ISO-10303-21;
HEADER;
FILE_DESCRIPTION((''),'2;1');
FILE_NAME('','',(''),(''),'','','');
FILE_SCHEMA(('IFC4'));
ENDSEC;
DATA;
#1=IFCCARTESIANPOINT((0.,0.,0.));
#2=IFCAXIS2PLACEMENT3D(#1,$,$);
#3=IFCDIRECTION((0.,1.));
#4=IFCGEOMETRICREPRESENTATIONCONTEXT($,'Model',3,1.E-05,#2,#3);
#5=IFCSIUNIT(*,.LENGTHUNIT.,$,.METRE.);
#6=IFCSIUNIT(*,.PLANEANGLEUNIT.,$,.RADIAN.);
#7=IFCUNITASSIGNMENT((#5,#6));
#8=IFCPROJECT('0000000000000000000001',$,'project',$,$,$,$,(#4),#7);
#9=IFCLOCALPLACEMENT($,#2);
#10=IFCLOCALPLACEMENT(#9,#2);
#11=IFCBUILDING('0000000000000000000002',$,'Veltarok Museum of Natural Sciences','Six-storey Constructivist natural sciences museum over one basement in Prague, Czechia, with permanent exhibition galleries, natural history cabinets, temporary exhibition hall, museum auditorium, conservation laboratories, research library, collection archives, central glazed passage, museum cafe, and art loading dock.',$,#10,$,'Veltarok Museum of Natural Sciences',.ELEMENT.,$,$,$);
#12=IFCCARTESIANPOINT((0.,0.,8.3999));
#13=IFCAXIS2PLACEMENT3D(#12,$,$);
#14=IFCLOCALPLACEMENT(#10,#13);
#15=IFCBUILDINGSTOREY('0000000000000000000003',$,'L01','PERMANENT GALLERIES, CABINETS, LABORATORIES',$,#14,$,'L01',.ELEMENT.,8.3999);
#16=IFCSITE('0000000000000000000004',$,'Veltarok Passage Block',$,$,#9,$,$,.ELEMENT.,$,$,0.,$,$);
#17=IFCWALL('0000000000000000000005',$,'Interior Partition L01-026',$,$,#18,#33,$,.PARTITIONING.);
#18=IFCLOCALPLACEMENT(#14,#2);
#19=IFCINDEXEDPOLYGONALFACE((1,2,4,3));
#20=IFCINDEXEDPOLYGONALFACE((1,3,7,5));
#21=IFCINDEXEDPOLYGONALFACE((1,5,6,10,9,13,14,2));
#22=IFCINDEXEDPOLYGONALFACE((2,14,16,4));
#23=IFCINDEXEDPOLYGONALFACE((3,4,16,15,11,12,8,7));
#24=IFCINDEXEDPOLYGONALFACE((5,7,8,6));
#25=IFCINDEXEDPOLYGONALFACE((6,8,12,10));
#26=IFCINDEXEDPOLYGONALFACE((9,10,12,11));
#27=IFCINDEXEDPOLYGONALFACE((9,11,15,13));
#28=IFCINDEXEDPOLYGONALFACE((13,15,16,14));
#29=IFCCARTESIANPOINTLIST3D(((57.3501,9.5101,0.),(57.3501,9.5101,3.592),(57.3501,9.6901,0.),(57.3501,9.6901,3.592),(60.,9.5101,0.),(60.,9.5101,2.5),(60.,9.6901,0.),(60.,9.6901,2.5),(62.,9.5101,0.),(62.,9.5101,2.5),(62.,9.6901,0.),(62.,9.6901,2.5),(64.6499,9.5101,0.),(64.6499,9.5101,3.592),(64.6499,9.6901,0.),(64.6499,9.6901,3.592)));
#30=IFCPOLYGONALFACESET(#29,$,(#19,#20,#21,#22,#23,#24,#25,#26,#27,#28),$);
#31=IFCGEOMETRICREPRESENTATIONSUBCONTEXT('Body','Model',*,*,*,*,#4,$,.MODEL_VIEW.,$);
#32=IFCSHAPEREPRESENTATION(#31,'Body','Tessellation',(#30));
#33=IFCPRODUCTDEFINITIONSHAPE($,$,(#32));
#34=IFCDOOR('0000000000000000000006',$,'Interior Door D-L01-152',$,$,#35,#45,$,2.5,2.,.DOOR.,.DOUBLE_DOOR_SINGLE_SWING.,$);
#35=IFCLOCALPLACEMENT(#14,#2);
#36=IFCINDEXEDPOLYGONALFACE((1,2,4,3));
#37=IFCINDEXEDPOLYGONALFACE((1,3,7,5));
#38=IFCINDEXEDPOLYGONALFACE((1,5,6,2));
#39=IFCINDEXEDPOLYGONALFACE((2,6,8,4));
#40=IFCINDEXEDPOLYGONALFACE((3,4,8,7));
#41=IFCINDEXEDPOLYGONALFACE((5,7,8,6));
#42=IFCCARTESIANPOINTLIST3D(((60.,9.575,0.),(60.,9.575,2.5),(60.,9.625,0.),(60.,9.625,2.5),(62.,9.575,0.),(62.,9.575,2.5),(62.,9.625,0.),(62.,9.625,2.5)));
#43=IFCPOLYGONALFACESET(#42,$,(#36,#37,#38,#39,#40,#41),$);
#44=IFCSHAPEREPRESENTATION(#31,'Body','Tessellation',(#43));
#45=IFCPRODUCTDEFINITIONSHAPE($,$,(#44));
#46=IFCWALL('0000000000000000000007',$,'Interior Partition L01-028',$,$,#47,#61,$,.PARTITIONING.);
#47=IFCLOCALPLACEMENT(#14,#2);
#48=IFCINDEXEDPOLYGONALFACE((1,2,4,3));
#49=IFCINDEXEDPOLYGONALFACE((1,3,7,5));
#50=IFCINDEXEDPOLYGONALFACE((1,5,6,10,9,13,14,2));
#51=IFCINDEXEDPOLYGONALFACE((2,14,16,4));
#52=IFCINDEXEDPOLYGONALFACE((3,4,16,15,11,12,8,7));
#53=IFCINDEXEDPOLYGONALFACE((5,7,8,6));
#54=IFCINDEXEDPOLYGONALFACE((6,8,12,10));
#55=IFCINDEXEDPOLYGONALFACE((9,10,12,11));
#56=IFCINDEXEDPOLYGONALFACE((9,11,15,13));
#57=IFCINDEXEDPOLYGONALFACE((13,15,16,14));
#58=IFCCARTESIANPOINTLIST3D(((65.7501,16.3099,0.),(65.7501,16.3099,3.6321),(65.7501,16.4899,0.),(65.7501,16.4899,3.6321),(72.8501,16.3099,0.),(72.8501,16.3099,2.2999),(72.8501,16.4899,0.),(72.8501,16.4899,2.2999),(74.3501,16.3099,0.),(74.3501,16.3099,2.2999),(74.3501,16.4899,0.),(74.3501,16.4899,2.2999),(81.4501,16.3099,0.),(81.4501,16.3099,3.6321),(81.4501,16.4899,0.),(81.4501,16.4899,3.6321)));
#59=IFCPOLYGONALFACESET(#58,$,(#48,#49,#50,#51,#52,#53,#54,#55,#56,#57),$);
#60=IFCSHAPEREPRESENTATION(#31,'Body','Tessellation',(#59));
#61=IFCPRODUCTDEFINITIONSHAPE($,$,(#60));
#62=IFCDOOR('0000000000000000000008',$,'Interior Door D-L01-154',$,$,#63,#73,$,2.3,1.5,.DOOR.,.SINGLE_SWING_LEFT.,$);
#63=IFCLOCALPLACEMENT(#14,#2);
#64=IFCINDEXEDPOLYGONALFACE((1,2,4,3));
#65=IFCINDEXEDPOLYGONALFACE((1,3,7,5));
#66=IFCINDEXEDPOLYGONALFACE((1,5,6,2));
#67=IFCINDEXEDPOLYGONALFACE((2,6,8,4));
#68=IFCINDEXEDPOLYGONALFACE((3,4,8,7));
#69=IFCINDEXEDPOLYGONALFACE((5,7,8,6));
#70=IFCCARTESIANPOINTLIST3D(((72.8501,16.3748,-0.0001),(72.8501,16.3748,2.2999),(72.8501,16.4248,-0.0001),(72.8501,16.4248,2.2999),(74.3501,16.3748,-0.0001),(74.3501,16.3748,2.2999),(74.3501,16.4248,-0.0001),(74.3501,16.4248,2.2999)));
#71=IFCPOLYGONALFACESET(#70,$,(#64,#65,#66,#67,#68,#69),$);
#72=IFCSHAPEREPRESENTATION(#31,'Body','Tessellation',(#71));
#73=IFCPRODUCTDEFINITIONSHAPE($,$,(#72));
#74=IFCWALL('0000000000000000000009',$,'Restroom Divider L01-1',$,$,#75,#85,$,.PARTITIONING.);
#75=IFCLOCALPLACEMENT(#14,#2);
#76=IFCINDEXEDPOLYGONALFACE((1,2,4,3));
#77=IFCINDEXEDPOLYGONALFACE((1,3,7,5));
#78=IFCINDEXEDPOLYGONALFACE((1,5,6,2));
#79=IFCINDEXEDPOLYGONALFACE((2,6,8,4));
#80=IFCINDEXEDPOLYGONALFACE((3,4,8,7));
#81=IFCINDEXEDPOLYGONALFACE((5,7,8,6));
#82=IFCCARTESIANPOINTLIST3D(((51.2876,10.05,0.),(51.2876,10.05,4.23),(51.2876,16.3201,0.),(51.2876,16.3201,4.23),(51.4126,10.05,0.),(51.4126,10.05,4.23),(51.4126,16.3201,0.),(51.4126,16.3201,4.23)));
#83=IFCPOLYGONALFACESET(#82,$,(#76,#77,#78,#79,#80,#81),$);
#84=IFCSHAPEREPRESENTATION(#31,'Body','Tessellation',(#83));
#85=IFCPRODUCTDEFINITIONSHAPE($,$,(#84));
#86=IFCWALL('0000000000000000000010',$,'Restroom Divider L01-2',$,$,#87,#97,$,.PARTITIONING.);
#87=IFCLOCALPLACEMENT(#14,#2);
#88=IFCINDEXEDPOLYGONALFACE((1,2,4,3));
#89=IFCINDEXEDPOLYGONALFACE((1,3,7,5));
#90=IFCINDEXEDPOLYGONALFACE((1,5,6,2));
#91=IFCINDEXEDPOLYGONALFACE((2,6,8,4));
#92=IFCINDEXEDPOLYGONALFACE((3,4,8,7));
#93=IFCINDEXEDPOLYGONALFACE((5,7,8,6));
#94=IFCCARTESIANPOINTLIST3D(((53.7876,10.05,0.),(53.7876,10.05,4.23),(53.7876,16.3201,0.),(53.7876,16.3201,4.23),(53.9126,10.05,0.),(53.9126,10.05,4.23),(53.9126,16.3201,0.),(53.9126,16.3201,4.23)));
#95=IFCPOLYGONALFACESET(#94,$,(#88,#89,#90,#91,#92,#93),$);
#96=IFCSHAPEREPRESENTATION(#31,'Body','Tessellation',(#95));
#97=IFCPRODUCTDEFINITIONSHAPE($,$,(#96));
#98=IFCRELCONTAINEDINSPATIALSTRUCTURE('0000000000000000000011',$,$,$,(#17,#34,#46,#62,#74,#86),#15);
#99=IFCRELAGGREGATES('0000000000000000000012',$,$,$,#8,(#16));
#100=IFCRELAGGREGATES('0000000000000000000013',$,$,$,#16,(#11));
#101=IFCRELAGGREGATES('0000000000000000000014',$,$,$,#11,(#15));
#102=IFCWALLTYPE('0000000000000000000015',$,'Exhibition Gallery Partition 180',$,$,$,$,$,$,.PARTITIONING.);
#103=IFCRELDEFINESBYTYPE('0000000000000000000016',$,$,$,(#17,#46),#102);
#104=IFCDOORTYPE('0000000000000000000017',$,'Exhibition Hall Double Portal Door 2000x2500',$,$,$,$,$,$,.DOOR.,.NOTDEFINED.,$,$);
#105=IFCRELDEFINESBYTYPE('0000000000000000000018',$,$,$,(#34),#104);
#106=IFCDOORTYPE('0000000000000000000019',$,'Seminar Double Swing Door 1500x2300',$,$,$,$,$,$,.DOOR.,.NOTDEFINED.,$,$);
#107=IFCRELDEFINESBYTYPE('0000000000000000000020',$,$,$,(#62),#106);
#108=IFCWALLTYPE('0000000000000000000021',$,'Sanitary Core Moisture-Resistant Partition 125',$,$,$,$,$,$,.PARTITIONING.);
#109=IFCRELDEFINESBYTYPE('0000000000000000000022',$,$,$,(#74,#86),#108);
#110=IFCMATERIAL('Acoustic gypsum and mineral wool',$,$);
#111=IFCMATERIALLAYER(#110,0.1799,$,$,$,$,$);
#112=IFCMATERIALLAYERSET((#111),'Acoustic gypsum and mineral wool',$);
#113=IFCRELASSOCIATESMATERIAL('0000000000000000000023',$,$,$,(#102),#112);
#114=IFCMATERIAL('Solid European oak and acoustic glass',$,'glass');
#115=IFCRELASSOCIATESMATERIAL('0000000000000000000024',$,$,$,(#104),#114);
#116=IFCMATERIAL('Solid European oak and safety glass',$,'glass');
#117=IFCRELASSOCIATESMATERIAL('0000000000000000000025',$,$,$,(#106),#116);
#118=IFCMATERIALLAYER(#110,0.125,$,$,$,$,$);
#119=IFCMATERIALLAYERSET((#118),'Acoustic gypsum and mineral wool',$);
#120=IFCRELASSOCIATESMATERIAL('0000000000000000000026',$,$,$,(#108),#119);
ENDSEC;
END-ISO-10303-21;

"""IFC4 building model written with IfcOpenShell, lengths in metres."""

from ifc_helpers import new_model, si_unit, direction, frame, frame_2d, origin, place, context, subcontext, project, spatial, rectangle, extrude, material, layer, layer_set, type_object, element, fill, save


model = new_model("IFC4")

# Units and contexts
model_context = context("Model", 3, precision=1e-05, world=origin(), true_north=direction((0.0, 1.0)))
body_context = subcontext(model_context, "Body", "Model", "MODEL_VIEW")
ifc_project = project(units=[si_unit("LENGTHUNIT", "METRE"), si_unit("PLANEANGLEUNIT", "RADIAN")], contexts=[model_context])

# Site, building, storey
site_placement = place(None, origin())
site = spatial("IfcSite", under=ifc_project, at=site_placement, Name="Veltarok Passage Block", CompositionType="ELEMENT", RefElevation=0.0)
building_placement = place(site_placement, origin())
building = spatial("IfcBuilding", under=site, at=building_placement, Name="Veltarok Museum of Natural Sciences", Description="Six-storey Constructivist natural sciences museum over one basement in Prague, Czechia, with permanent exhibition galleries, natural history cabinets, temporary exhibition hall, museum auditorium, conservation laboratories, research library, collection archives, central glazed passage, museum cafe, and art loading dock.", LongName="Veltarok Museum of Natural Sciences", CompositionType="ELEMENT")
storey_placement = place(building_placement, frame((0.0, 0.0, 8.3999)))
storey = spatial("IfcBuildingStorey", under=building, at=storey_placement, Name="L01", Description="PERMANENT GALLERIES, CABINETS, LABORATORIES", LongName="L01", CompositionType="ELEMENT", Elevation=8.3999)

# Walls, openings, doors
ifc_material_1 = material(Name="Acoustic gypsum and mineral wool")
ifc_layer_1 = layer(ifc_material_1, 0.1799)
ifc_layer_set_1 = layer_set([ifc_layer_1], Name="Acoustic gypsum and mineral wool")
wall_type_1 = type_object("IfcWallType", Name="Exhibition Gallery Partition 180", PredefinedType="PARTITIONING", material=ifc_layer_set_1)
wall_1_placement = place(storey_placement, frame((57.3501, 9.6001, 0.0), z_axis=(0.0, 0.0, 1.0), x_axis=(1.0, 0.0, 0.0)))
wall_1 = element("IfcWall", 1, at=wall_1_placement, inside=storey, type_object=wall_type_1, Name="Interior Partition L01-026", PredefinedType="PARTITIONING", context=body_context, shape_type="SweptSolid", body=[
    extrude(rectangle(XDim=7.2998, YDim=0.1799, at=frame_2d((3.6499, 0.0))), origin(), (0.0, 0.0, 1.0), 3.592),
])
opening_1_placement = place(wall_1_placement, frame((2.6499, 0.0, 0.0)))
opening_1 = element("IfcOpeningElement", 2, at=opening_1_placement, cuts=wall_1, PredefinedType="OPENING", context=body_context, shape_type="SweptSolid", body=[
    extrude(rectangle(XDim=2.0, YDim=2.5, at=frame_2d((1.0, 1.25))), frame((0.0, 0.1001, 0.0), z_axis=(0.0, -1.0, 0.0), x_axis=(1.0, 0.0, 0.0)), (0.0, 0.0, 1.0), 0.2),
])
ifc_material_2 = material(Name="Solid European oak and acoustic glass", Category="glass")
door_type_1 = type_object("IfcDoorType", Name="Exhibition Hall Double Portal Door 2000x2500", OperationType="NOTDEFINED", PredefinedType="DOOR", material=ifc_material_2)
door_1_placement = place(opening_1_placement, origin())
door_1 = element("IfcDoor", 3, at=door_1_placement, inside=storey, type_object=door_type_1, Name="Interior Door D-L01-152", OperationType="DOUBLE_DOOR_SINGLE_SWING", OverallHeight=2.5, OverallWidth=2.0, PredefinedType="DOOR", context=body_context, shape_type="SweptSolid", body=[
    extrude(rectangle(XDim=2.0, YDim=2.5, at=frame_2d((1.0, 1.25))), frame((0.0, 0.0249, 0.0), z_axis=(0.0, -1.0, 0.0), x_axis=(1.0, 0.0, 0.0)), (0.0, 0.0, 1.0), 0.05),
])
fill(opening_1, door_1)
wall_2_placement = place(storey_placement, frame((65.75, 16.3999, 0.0), z_axis=(0.0, 0.0, 1.0), x_axis=(1.0, 0.0, 0.0)))
wall_2 = element("IfcWall", 4, at=wall_2_placement, inside=storey, type_object=wall_type_1, Name="Interior Partition L01-028", PredefinedType="PARTITIONING", context=body_context, shape_type="SweptSolid", body=[
    extrude(rectangle(XDim=15.7, YDim=0.1799, at=frame_2d((7.8501, 0.0))), origin(), (0.0, 0.0, 1.0), 3.6321),
])
opening_2_placement = place(wall_2_placement, frame((7.1001, 0.0, 0.0)))
opening_2 = element("IfcOpeningElement", 5, at=opening_2_placement, cuts=wall_2, PredefinedType="OPENING", context=body_context, shape_type="SweptSolid", body=[
    extrude(rectangle(XDim=1.5, YDim=2.3, at=frame_2d((0.75, 1.1499))), frame((0.0, 0.1001, 0.0), z_axis=(0.0, -1.0, 0.0), x_axis=(1.0, 0.0, 0.0)), (0.0, 0.0, 1.0), 0.2),
])
ifc_material_3 = material(Name="Solid European oak and safety glass", Category="glass")
door_type_2 = type_object("IfcDoorType", Name="Seminar Double Swing Door 1500x2300", OperationType="NOTDEFINED", PredefinedType="DOOR", material=ifc_material_3)
door_2_placement = place(opening_2_placement, origin())
door_2 = element("IfcDoor", 6, at=door_2_placement, inside=storey, type_object=door_type_2, Name="Interior Door D-L01-154", OperationType="SINGLE_SWING_LEFT", OverallHeight=2.3, OverallWidth=1.5, PredefinedType="DOOR", context=body_context, shape_type="SweptSolid", body=[
    extrude(rectangle(XDim=1.5, YDim=2.3, at=frame_2d((0.75, 1.1499))), frame((0.0, 0.0249, 0.0), z_axis=(0.0, -1.0, 0.0), x_axis=(1.0, 0.0, 0.0)), (0.0, 0.0, 1.0), 0.05),
])
fill(opening_2, door_2)

# Walls
ifc_layer_2 = layer(ifc_material_1, 0.125)
ifc_layer_set_2 = layer_set([ifc_layer_2], Name="Acoustic gypsum and mineral wool")
wall_type_2 = type_object("IfcWallType", Name="Sanitary Core Moisture-Resistant Partition 125", PredefinedType="PARTITIONING", material=ifc_layer_set_2)
for number, where, z_axis, x_axis, name in (
    (7, (51.3501, 10.05, 0.0), (0.0, 0.0, 1.0), (0.0, 1.0, 0.0), "Restroom Divider L01-1"),
    (8, (53.8501, 10.05, 0.0), (0.0, 0.0, 1.0), (0.0, 1.0, 0.0), "Restroom Divider L01-2"),
):
    element("IfcWall", number, at=place(storey_placement, frame(where, z_axis=z_axis, x_axis=x_axis)), inside=storey, type_object=wall_type_2, Name=name, PredefinedType="PARTITIONING", context=body_context, shape_type="SweptSolid", body=[
        extrude(rectangle(XDim=6.27, YDim=0.125, at=frame_2d((3.135, 0.0))), origin(), (0.0, 0.0, 1.0), 4.23),
    ])

save(model, "model.ifc")
